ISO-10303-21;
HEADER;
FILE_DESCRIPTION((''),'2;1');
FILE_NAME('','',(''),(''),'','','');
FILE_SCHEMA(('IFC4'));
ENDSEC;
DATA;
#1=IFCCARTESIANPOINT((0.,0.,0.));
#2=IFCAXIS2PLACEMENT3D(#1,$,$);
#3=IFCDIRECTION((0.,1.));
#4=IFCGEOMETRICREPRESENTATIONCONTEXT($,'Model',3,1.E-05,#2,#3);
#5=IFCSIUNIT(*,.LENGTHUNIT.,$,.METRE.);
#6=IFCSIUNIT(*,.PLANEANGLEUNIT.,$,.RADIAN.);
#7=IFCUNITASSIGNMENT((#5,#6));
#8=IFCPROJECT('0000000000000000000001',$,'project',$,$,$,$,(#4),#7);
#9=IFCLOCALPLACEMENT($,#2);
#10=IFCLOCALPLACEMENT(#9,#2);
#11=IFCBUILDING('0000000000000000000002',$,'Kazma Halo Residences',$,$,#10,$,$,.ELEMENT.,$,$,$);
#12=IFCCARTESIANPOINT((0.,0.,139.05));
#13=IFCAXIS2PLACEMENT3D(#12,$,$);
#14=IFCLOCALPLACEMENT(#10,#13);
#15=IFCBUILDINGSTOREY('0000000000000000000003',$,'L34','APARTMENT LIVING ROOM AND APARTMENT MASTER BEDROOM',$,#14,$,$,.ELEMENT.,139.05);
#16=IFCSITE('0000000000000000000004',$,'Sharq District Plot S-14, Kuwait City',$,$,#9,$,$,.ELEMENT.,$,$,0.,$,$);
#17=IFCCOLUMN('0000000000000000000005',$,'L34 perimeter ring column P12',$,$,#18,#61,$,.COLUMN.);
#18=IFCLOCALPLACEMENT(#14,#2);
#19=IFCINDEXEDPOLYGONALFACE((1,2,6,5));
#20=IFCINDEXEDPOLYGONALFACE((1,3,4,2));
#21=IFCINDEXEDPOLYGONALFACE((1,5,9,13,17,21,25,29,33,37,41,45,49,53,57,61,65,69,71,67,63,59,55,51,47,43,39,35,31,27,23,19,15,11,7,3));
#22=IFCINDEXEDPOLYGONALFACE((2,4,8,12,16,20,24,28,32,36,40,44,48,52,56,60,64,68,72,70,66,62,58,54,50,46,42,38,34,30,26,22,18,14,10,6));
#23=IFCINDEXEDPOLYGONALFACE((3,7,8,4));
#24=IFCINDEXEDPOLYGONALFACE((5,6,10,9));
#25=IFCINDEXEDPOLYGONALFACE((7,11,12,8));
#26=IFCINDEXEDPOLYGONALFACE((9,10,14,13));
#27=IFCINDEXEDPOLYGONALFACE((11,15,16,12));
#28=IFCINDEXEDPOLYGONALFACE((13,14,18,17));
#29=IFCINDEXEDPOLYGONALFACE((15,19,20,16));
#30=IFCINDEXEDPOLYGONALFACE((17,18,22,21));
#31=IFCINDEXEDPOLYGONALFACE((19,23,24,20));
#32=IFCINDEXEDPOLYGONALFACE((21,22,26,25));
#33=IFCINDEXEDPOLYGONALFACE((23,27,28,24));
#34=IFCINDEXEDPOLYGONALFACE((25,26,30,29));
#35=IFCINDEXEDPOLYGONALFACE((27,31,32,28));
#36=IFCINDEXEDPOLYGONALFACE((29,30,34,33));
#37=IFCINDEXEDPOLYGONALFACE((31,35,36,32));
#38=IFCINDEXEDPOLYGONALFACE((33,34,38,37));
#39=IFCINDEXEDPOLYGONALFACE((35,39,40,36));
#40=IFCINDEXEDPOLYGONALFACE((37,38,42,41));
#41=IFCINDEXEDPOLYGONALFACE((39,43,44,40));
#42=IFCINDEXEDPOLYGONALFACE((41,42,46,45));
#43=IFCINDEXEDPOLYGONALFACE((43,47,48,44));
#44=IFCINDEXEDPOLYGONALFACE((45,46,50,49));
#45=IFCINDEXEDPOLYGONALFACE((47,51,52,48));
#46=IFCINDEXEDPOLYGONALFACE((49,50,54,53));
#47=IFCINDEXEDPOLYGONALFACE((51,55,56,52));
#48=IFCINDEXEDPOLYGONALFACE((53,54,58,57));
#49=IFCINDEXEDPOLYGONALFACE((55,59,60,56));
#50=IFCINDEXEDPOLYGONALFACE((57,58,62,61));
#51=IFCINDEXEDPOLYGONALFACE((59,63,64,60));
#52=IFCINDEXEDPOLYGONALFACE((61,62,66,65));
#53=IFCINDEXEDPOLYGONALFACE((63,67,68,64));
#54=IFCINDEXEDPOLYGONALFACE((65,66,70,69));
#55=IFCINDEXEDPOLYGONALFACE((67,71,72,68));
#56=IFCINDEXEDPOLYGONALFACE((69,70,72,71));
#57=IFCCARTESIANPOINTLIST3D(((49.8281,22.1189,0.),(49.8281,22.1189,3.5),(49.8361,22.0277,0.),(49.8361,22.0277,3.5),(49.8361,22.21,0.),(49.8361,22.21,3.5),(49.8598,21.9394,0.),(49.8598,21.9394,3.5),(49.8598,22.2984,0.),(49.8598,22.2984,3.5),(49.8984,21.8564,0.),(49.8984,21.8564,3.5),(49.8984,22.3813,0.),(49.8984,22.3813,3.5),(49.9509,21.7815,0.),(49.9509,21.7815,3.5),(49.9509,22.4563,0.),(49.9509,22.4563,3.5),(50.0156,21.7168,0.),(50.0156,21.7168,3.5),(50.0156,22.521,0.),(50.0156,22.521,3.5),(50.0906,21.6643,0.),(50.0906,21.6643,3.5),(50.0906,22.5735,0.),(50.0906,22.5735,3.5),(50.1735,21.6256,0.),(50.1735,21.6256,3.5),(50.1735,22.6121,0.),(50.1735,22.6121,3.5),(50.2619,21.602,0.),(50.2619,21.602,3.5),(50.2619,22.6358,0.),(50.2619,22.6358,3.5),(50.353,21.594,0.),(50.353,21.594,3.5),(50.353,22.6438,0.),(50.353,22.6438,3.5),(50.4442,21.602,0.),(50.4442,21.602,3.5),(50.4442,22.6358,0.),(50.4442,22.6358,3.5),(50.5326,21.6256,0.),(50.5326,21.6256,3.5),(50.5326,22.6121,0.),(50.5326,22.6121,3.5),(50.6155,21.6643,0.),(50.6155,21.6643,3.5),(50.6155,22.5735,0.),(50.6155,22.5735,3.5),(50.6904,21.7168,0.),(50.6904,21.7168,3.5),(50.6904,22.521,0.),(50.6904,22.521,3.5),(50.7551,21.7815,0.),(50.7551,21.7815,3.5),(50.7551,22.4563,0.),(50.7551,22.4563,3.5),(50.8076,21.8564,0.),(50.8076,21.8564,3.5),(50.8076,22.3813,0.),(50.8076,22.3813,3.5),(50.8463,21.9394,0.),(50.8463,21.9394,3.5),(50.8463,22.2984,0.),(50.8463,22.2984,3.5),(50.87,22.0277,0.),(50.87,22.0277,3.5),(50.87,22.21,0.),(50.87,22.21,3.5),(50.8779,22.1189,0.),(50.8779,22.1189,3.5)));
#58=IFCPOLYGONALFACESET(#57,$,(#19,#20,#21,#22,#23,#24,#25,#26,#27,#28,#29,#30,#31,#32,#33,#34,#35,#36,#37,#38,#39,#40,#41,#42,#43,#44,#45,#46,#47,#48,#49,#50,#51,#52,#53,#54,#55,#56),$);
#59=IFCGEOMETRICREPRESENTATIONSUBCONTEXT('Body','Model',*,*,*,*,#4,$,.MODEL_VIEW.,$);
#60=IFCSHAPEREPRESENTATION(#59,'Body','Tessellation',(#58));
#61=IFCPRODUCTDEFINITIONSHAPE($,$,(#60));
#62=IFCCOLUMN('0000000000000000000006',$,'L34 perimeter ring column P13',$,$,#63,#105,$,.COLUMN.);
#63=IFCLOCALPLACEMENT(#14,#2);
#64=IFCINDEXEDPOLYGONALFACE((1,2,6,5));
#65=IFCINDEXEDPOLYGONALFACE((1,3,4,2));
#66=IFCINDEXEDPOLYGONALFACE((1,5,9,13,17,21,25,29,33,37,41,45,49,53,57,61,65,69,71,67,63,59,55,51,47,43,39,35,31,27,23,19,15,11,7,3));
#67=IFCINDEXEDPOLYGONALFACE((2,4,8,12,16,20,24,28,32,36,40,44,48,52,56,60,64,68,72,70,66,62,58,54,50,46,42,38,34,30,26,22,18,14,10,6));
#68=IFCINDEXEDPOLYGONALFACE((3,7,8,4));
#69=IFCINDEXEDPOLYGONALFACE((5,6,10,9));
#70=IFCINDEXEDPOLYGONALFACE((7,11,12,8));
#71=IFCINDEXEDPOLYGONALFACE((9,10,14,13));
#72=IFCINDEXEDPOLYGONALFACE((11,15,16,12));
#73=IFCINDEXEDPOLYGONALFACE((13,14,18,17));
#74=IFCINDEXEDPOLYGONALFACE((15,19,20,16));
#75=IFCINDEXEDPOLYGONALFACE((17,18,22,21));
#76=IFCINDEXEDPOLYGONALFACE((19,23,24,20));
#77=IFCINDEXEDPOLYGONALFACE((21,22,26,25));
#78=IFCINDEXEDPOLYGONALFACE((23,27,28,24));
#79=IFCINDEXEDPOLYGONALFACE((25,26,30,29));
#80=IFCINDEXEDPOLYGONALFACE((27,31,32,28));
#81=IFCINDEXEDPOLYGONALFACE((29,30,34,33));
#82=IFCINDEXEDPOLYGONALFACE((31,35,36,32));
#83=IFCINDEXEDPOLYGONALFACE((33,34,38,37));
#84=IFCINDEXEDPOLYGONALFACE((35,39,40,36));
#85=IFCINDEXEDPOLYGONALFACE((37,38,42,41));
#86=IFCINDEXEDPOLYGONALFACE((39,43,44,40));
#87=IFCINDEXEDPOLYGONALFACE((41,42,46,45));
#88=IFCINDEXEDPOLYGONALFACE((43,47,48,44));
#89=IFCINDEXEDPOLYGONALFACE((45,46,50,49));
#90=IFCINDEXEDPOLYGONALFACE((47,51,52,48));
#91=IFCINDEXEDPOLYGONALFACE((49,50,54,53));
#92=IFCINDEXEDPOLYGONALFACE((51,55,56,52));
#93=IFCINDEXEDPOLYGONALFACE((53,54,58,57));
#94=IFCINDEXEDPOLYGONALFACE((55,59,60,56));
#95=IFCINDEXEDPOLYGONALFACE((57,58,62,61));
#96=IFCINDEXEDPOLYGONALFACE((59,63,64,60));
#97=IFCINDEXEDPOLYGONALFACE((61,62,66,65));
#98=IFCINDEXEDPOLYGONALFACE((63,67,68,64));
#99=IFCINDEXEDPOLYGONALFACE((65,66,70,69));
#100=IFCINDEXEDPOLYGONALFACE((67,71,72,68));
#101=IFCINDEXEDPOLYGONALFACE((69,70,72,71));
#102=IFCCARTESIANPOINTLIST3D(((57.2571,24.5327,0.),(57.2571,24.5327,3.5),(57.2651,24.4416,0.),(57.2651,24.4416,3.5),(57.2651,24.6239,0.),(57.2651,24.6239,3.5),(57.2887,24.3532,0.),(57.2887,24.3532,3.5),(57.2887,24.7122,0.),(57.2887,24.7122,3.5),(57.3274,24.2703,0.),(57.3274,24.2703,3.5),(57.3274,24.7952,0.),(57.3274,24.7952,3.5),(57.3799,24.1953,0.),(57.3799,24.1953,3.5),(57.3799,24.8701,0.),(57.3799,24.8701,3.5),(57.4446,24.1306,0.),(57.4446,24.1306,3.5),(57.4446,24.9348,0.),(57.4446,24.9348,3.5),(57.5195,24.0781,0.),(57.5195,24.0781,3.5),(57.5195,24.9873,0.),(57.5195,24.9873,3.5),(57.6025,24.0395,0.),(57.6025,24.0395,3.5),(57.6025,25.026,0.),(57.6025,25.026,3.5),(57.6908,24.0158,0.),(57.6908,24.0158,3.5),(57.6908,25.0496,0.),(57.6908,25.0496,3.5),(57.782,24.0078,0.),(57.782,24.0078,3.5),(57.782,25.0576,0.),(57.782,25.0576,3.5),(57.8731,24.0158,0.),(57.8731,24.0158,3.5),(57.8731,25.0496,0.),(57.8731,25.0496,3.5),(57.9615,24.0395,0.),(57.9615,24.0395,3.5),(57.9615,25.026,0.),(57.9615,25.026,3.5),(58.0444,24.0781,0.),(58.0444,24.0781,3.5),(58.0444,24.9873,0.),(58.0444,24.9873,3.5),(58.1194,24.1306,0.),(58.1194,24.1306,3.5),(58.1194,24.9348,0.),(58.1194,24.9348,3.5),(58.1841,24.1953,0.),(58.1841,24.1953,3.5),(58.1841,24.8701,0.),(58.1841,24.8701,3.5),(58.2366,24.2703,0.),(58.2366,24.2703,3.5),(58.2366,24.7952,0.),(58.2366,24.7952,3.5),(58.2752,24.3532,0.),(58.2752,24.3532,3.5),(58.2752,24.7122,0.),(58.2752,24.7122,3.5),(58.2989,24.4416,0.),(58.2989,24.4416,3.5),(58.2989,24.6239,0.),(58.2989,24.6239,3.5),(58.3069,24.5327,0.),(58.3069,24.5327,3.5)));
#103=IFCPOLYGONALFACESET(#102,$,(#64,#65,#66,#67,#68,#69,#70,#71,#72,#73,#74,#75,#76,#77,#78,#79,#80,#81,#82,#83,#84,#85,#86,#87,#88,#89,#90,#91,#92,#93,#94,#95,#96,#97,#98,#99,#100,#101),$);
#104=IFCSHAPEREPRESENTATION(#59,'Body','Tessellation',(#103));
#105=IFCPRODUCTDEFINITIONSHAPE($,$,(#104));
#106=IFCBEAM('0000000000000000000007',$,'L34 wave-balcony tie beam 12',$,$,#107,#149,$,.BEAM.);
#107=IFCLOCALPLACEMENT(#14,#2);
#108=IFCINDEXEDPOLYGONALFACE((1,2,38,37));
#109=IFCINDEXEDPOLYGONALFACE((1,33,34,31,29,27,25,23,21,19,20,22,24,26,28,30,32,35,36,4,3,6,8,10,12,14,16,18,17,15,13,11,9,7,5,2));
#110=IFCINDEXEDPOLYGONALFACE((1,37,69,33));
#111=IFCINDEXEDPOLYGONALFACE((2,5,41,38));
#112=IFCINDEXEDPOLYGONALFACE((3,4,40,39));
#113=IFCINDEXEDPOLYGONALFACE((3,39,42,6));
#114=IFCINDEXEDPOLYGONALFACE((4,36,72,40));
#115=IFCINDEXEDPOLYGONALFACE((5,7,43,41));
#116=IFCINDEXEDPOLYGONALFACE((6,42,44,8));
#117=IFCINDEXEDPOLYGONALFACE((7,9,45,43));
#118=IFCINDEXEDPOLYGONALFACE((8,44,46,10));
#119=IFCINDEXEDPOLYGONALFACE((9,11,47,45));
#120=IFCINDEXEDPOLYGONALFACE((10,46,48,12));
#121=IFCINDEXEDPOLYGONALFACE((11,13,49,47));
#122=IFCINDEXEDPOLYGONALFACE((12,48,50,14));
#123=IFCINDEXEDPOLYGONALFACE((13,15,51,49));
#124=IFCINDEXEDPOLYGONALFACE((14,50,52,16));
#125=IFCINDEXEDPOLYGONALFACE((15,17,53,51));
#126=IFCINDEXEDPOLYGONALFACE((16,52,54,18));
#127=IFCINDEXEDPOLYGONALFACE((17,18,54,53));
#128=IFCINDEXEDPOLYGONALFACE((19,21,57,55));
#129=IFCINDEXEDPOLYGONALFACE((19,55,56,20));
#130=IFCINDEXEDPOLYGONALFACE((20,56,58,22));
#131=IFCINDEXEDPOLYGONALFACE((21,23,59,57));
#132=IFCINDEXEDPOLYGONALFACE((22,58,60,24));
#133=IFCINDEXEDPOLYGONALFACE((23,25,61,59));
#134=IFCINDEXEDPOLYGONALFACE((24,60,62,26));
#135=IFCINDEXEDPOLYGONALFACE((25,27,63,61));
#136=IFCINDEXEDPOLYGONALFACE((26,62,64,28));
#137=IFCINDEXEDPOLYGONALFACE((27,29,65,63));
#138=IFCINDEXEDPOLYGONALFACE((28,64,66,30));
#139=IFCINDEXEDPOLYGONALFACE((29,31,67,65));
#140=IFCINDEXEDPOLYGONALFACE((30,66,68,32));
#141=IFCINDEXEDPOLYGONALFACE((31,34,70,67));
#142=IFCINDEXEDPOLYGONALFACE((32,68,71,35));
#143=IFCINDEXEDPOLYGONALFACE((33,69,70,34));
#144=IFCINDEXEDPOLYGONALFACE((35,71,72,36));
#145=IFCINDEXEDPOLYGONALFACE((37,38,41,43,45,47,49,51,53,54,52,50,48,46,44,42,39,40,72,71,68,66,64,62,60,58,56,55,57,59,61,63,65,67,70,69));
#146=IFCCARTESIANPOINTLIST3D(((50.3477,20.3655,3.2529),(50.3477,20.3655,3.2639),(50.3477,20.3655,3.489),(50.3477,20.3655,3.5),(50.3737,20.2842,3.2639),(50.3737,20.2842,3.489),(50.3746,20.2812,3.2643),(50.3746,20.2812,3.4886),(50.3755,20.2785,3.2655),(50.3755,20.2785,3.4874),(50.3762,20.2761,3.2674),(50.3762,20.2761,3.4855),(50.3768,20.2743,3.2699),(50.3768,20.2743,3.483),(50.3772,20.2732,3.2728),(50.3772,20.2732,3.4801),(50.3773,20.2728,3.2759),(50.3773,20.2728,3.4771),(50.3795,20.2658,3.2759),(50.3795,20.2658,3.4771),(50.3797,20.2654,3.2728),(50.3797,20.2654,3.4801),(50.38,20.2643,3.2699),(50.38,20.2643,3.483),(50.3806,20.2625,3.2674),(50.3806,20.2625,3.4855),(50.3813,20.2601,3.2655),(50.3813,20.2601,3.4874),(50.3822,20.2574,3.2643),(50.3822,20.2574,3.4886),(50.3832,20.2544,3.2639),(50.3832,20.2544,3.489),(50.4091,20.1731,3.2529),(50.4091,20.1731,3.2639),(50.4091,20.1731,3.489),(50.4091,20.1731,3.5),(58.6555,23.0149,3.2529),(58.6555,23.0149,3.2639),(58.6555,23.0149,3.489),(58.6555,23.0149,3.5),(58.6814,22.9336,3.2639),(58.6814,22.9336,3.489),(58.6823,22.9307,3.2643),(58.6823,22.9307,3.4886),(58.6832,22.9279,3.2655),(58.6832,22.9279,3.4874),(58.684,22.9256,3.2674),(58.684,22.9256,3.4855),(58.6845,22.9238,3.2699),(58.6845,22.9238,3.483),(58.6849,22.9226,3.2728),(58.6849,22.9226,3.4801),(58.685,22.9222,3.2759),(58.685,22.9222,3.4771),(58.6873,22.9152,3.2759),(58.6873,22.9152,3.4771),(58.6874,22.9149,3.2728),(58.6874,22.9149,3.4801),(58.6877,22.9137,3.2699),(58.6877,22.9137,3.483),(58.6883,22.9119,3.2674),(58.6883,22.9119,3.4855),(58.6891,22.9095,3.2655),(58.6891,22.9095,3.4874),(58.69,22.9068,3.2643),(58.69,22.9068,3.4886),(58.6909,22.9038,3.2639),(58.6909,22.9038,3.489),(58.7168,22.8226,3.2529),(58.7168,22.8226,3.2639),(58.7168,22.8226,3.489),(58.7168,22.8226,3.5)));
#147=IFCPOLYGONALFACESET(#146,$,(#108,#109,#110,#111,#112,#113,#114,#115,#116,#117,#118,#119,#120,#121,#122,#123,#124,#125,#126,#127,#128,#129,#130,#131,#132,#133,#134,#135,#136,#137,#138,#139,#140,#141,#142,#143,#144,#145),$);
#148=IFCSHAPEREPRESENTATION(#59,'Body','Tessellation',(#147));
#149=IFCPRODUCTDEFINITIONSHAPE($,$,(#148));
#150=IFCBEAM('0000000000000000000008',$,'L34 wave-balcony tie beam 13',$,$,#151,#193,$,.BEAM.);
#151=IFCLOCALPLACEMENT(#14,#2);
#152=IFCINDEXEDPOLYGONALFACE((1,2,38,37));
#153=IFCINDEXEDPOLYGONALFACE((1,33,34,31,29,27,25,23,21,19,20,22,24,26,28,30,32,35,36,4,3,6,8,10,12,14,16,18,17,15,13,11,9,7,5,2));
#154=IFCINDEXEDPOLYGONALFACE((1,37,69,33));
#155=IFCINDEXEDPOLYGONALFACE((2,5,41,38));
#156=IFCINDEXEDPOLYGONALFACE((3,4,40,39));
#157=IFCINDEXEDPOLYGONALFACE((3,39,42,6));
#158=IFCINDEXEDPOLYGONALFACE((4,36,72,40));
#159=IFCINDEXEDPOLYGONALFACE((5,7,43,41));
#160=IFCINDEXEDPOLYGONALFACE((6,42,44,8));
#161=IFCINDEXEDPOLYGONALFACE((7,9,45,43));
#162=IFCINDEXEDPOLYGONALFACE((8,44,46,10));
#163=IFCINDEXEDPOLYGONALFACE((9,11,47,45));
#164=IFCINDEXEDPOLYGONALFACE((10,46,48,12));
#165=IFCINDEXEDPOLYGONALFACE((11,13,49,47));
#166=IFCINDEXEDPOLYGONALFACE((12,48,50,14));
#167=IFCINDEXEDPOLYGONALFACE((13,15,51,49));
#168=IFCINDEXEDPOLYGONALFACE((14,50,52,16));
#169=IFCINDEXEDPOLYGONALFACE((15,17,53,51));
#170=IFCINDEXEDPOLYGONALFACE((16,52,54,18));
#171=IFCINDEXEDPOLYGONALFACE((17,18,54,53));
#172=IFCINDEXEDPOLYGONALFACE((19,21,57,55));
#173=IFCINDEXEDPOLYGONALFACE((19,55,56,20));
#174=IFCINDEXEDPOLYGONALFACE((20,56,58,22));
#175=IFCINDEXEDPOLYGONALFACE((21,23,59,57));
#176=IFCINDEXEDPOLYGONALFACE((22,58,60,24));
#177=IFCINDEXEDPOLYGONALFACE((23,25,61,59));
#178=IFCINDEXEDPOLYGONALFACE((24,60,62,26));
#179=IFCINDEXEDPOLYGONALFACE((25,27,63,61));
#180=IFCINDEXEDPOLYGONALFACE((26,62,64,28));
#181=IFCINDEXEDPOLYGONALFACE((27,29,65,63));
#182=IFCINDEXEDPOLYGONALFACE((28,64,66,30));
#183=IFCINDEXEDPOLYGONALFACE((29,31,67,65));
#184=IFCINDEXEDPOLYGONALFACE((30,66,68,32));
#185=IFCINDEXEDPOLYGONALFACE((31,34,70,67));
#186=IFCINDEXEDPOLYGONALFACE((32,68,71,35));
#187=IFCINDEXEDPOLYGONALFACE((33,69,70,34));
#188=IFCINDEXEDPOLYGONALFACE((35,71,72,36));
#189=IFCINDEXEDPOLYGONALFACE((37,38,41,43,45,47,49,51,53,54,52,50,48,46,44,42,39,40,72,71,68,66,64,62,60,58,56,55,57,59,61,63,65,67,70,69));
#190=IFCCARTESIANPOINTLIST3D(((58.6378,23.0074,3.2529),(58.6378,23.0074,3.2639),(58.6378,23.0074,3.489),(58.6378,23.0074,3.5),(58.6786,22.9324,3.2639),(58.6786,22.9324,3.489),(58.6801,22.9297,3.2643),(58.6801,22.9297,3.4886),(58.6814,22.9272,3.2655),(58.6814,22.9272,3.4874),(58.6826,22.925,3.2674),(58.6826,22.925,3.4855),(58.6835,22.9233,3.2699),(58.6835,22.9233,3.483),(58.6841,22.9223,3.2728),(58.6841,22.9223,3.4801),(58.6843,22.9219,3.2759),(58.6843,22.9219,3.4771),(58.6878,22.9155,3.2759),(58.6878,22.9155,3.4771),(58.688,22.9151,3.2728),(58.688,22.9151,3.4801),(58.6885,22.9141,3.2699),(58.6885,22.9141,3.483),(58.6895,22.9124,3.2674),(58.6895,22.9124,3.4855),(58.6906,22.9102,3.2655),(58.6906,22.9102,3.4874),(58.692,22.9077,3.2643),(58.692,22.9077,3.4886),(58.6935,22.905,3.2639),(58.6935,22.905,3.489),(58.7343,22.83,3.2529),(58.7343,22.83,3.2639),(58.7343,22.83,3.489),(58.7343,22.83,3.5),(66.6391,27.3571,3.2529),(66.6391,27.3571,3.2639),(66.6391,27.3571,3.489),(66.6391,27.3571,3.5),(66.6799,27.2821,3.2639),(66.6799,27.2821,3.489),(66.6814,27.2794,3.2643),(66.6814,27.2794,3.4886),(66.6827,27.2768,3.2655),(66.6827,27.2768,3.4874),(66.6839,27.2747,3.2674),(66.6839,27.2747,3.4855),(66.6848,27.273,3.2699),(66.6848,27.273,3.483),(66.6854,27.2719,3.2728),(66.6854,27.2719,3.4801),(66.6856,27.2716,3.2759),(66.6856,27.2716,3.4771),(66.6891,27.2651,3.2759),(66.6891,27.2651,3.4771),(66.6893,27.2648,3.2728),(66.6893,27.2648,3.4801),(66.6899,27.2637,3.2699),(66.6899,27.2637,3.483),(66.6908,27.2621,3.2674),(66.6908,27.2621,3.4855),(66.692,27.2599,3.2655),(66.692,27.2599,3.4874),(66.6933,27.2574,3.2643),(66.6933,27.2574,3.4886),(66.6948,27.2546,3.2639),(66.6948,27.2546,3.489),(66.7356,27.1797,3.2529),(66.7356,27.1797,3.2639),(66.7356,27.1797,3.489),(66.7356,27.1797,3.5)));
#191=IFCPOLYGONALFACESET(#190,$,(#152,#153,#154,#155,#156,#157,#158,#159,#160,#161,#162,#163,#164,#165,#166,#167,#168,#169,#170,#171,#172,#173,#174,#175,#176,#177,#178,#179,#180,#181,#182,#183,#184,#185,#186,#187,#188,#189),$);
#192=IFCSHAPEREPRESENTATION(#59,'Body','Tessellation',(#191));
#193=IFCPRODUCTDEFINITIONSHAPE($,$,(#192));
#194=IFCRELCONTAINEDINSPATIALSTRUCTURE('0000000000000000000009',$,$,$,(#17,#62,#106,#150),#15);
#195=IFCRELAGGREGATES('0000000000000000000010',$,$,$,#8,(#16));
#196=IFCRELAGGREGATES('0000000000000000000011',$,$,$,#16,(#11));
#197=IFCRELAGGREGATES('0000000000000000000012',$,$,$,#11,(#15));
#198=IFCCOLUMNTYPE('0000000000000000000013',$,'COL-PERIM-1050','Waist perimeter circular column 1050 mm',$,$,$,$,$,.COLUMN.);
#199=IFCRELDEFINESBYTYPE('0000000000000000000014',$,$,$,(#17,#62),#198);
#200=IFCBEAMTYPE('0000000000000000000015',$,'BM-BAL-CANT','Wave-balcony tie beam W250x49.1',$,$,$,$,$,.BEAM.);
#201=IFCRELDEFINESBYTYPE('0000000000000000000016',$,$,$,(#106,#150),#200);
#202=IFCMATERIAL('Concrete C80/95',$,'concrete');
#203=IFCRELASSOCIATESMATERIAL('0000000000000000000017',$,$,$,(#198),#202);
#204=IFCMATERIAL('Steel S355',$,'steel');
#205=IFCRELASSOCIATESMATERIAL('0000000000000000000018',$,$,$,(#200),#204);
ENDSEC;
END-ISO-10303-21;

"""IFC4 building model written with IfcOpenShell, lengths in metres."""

from ifc_helpers import new_model, si_unit, direction, frame, origin, origin_2d, place, context, subcontext, project, spatial, circle, i_section, extrude, material, material_profile, profile_set, type_object, element, save


model = new_model("IFC4")

# Units and contexts
model_context = context("Model", 3, precision=1e-05, world=origin(), true_north=direction((0.0, 1.0)))
body_context = subcontext(model_context, "Body", "Model", "MODEL_VIEW")
ifc_project = project(units=[si_unit("LENGTHUNIT", "METRE"), si_unit("PLANEANGLEUNIT", "RADIAN")], contexts=[model_context])

# Site, building, storey
site_placement = place(None, origin())
site = spatial("IfcSite", under=ifc_project, at=site_placement, Name="Sharq District Plot S-14, Kuwait City", CompositionType="ELEMENT", RefElevation=0.0)
building_placement = place(site_placement, origin())
building = spatial("IfcBuilding", under=site, at=building_placement, Name="Kazma Halo Residences", CompositionType="ELEMENT")
storey_placement = place(building_placement, frame((0.0, 0.0, 139.05)))
storey = spatial("IfcBuildingStorey", under=building, at=storey_placement, Name="L34", Description="APARTMENT LIVING ROOM AND APARTMENT MASTER BEDROOM", CompositionType="ELEMENT", Elevation=139.05)

# Columns
ifc_material_1 = material(Name="Concrete C80/95", Category="concrete")
ifc_material_profile_1 = material_profile(ifc_material_1, circle(Radius=0.5249, at=origin_2d()), Name="CIRC1050")
ifc_profile_set_1 = profile_set([ifc_material_profile_1], Name="Concrete C80/95")
column_type = type_object("IfcColumnType", Name="COL-PERIM-1050", Description="Waist perimeter circular column 1050 mm", PredefinedType="COLUMN", material=ifc_profile_set_1)
for number, where, z_axis, x_axis, name in (
    (1, (50.353, 22.1189, 0.0), (0.0, 0.0, 1.0), (1.0, 0.0, 0.0), "L34 perimeter ring column P12"),
    (2, (57.782, 24.5327, 0.0), (0.0, 0.0, 1.0), (1.0, 0.0, 0.0), "L34 perimeter ring column P13"),
):
    element("IfcColumn", number, at=place(storey_placement, frame(where, z_axis=z_axis, x_axis=x_axis)), inside=storey, type_object=column_type, Name=name, PredefinedType="COLUMN", context=body_context, shape_type="SweptSolid", body=[
        extrude(circle(Radius=0.5249, at=origin_2d()), origin(), (0.0, 0.0, 1.0), 3.5),
    ])

# Beams
ifc_material_2 = material(Name="Steel S355", Category="steel")
ifc_material_profile_2 = material_profile(ifc_material_2, i_section(OverallWidth=0.2019, OverallDepth=0.2471, WebThickness=0.0073, FlangeThickness=0.011, FilletRadius=0.012, at=origin_2d()), Name="W250x49.1")
ifc_profile_set_2 = profile_set([ifc_material_profile_2], Name="Steel S355")
beam_type_1 = type_object("IfcBeamType", Name="BM-BAL-CANT", Description="Wave-balcony tie beam W250x49.1", PredefinedType="BEAM", material=ifc_profile_set_2)
beam_1_placement = place(storey_placement, frame((50.3784, 20.2693, 3.3765), z_axis=(0.952724, 0.303837, 0.0), x_axis=(-0.303837, 0.952724, 0.0)))
element("IfcBeam", 3, at=beam_1_placement, inside=storey, type_object=beam_type_1, Name="L34 wave-balcony tie beam 12", PredefinedType="BEAM", context=body_context, shape_type="SweptSolid", body=[
    extrude(i_section(OverallWidth=0.2019, OverallDepth=0.2471, WebThickness=0.0073, FlangeThickness=0.011, FilletRadius=0.012, at=origin_2d()), origin(), (0.0, 0.0, 1.0), 8.72),
])
beam_2_placement = place(storey_placement, frame((58.686, 22.9187, 3.3765), z_axis=(0.878573, 0.477608, 0.0), x_axis=(-0.477608, 0.878573, 0.0)))
element("IfcBeam", 4, at=beam_2_placement, inside=storey, type_object=beam_type_1, Name="L34 wave-balcony tie beam 13", PredefinedType="BEAM", context=body_context, shape_type="SweptSolid", body=[
    extrude(i_section(OverallWidth=0.2019, OverallDepth=0.2471, WebThickness=0.0073, FlangeThickness=0.011, FilletRadius=0.012, at=origin_2d()), origin(), (0.0, 0.0, 1.0), 9.1072),
])

save(model, "model.ifc")
